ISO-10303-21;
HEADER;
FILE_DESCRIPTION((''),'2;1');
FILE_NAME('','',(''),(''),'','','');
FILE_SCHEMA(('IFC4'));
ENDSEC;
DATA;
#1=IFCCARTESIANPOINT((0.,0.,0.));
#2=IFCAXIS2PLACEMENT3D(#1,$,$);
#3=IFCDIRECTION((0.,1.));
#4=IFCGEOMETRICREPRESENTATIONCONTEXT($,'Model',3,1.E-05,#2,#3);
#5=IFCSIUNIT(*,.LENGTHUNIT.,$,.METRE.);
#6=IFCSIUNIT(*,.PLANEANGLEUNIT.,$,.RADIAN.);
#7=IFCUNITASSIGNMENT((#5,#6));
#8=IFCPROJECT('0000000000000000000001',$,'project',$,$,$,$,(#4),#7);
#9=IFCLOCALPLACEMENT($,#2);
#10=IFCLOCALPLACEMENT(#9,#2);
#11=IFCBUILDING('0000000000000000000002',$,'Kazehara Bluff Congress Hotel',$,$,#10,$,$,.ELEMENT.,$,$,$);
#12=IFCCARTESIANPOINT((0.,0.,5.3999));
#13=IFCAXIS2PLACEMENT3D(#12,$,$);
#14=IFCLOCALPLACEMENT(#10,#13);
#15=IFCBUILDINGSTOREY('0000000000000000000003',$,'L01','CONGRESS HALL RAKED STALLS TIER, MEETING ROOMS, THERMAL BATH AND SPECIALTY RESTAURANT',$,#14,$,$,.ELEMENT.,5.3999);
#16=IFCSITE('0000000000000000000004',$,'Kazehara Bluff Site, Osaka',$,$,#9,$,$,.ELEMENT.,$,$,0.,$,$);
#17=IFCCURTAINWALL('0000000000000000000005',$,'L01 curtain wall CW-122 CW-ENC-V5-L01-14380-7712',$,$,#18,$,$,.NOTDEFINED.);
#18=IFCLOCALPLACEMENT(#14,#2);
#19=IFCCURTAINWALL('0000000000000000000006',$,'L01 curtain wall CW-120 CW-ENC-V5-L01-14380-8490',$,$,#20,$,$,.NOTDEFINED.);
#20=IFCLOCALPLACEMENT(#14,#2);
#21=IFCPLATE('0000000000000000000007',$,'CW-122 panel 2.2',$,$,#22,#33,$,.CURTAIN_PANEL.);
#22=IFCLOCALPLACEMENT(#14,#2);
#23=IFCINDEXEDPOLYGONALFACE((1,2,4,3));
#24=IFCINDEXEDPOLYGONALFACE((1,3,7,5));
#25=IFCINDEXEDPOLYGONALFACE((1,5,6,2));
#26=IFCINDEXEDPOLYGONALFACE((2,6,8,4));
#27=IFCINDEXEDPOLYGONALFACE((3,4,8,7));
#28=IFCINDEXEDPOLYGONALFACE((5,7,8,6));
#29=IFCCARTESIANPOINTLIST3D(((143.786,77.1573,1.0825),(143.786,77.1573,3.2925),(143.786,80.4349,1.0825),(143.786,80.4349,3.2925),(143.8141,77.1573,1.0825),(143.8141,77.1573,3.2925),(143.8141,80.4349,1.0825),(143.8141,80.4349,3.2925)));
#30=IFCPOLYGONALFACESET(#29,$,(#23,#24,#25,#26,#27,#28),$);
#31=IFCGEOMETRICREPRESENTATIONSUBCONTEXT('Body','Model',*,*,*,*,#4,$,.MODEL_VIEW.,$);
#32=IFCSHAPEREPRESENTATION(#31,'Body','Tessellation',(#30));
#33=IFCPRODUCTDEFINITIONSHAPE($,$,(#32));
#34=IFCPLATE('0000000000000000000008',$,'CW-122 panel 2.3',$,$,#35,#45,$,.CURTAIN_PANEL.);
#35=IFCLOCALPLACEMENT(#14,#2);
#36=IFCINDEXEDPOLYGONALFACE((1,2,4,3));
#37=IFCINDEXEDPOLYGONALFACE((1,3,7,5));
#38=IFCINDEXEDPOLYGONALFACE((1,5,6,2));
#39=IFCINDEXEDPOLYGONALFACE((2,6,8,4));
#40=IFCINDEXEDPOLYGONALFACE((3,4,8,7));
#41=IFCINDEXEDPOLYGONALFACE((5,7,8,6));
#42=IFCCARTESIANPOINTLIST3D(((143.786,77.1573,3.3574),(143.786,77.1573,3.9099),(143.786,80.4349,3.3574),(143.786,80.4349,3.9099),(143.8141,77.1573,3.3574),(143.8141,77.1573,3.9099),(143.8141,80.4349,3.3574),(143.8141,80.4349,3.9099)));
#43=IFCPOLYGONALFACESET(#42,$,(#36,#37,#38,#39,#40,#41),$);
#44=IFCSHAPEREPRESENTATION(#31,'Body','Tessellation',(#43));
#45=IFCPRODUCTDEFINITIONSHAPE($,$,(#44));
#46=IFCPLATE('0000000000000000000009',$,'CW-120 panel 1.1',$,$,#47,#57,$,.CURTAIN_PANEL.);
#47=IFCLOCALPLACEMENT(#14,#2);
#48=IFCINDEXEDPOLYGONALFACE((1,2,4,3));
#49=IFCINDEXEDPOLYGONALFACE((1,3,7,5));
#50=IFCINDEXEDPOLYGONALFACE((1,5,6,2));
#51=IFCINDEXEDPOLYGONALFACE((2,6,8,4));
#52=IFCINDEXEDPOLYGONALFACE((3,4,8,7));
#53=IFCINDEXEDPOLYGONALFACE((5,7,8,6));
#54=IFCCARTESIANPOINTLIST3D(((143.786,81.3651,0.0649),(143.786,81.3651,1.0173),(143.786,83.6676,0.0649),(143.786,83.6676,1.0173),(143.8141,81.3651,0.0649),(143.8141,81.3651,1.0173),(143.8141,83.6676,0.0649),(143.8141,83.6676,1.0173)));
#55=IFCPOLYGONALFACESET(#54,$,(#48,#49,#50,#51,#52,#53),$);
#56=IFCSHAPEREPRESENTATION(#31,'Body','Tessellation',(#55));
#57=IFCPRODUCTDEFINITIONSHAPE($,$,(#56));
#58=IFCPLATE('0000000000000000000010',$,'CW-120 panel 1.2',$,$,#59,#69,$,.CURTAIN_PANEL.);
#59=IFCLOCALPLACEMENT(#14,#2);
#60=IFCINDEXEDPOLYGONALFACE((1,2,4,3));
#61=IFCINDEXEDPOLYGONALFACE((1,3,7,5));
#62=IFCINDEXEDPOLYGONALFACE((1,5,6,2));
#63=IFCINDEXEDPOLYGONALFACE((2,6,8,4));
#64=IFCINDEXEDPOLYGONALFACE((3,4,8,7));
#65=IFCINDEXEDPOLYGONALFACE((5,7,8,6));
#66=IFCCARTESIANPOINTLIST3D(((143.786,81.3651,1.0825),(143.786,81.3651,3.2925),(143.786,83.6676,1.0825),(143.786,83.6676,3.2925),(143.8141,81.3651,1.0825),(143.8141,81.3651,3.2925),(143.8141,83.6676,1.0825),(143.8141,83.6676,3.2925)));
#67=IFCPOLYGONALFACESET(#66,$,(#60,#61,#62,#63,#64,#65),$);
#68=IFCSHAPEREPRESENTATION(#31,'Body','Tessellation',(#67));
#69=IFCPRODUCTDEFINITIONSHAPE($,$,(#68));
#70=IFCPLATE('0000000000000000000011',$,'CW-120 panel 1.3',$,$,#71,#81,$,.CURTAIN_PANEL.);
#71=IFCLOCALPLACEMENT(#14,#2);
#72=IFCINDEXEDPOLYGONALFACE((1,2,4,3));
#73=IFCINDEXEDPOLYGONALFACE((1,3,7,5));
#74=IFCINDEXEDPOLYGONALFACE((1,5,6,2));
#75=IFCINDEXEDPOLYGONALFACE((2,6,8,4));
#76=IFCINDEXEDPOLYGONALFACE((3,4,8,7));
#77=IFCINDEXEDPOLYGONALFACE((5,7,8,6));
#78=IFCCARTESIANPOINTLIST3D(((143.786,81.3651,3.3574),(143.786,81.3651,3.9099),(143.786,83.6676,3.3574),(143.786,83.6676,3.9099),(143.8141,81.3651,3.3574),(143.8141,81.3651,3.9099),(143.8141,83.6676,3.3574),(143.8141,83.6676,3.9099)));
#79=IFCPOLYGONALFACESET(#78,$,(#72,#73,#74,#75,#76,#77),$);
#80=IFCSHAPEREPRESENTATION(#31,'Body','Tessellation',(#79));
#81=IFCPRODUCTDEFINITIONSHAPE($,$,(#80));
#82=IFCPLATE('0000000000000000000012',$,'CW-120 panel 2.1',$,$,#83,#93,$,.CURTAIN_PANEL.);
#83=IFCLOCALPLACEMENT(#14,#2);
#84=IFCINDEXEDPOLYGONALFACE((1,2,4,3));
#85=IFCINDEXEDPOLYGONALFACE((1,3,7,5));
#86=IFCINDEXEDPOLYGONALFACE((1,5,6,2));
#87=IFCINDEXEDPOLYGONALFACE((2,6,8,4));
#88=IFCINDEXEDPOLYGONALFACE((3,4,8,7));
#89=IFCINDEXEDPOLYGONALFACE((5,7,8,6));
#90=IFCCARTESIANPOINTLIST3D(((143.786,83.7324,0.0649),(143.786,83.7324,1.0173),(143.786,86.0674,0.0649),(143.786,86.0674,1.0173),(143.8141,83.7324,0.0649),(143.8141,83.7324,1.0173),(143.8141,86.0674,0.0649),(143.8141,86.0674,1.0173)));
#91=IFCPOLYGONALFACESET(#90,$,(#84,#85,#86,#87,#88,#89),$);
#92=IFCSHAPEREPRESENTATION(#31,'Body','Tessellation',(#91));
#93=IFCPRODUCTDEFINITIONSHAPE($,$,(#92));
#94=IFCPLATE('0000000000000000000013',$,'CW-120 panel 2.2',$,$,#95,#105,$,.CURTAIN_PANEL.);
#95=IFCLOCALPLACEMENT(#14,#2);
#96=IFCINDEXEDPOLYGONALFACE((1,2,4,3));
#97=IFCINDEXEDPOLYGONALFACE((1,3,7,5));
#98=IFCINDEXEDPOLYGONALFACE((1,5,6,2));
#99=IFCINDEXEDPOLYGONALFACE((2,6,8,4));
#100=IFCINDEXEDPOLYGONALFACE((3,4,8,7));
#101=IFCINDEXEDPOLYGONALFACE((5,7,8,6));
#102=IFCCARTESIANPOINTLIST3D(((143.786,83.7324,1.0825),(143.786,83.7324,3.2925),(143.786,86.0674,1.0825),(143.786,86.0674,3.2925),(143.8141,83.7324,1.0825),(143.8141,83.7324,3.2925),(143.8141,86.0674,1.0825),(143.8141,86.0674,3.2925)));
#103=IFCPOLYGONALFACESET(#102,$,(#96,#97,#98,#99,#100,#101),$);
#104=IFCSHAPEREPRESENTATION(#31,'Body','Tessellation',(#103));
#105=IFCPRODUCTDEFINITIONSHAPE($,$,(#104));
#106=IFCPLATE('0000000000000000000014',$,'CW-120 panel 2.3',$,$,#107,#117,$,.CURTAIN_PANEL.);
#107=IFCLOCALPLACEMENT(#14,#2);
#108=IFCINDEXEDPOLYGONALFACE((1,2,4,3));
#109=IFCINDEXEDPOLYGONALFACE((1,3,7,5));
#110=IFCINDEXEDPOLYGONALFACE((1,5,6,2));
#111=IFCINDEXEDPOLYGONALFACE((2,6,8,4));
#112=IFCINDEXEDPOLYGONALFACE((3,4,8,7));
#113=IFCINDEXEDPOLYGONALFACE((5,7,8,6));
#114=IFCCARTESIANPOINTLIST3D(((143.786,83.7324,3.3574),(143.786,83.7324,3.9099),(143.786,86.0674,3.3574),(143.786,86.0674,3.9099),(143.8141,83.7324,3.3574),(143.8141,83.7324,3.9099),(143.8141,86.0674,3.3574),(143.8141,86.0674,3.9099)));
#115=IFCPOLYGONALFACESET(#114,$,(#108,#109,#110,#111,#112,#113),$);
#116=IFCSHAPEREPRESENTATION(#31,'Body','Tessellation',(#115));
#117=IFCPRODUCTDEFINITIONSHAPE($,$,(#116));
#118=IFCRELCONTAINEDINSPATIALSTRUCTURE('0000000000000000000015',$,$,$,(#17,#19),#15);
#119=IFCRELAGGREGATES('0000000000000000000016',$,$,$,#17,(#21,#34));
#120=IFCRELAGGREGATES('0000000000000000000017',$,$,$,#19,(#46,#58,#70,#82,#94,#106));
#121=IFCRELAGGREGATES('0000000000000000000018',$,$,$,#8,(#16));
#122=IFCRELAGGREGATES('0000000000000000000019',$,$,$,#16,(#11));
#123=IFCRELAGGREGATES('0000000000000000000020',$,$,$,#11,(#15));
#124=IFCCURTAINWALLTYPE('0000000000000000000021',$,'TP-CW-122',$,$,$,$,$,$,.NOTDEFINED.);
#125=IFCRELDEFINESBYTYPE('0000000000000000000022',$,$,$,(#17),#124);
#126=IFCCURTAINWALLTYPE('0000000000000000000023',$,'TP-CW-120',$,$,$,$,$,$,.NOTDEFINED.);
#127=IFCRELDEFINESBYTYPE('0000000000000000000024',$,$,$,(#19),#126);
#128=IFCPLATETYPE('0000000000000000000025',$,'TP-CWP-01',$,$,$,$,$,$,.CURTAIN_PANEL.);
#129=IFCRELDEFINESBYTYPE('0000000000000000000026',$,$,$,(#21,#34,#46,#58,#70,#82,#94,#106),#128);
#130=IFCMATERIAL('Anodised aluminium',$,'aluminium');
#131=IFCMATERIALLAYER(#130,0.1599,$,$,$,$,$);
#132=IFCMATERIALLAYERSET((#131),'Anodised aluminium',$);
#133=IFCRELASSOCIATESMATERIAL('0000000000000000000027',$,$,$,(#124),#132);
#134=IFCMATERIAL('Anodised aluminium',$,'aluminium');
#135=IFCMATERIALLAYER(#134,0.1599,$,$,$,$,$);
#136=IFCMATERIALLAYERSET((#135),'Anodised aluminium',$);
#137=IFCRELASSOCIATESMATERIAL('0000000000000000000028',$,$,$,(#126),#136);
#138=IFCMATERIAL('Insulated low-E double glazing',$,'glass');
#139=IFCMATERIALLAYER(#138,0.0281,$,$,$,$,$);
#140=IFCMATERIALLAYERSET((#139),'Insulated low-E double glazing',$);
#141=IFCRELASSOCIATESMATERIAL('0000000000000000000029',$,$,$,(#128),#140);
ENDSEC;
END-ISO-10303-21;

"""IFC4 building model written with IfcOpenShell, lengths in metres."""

from ifc_helpers import new_model, si_unit, direction, frame, origin, origin_2d, place, context, subcontext, project, spatial, rectangle, extrude, material, layer, layer_set, type_object, element, aggregate, save


model = new_model("IFC4")

# Units and contexts
model_context = context("Model", 3, precision=1e-05, world=origin(), true_north=direction((0.0, 1.0)))
body_context = subcontext(model_context, "Body", "Model", "MODEL_VIEW")
ifc_project = project(units=[si_unit("LENGTHUNIT", "METRE"), si_unit("PLANEANGLEUNIT", "RADIAN")], contexts=[model_context])

# Site, building, storey
site_placement = place(None, origin())
site = spatial("IfcSite", under=ifc_project, at=site_placement, Name="Kazehara Bluff Site, Osaka", CompositionType="ELEMENT", RefElevation=0.0)
building_placement = place(site_placement, origin())
building = spatial("IfcBuilding", under=site, at=building_placement, Name="Kazehara Bluff Congress Hotel", CompositionType="ELEMENT")
storey_placement = place(building_placement, frame((0.0, 0.0, 5.3999)))
storey = spatial("IfcBuildingStorey", under=building, at=storey_placement, Name="L01", Description="CONGRESS HALL RAKED STALLS TIER, MEETING ROOMS, THERMAL BATH AND SPECIALTY RESTAURANT", CompositionType="ELEMENT", Elevation=5.3999)

# Curtain walls
ifc_material_1 = material(Name="Anodised aluminium", Category="aluminium")
ifc_layer_1 = layer(ifc_material_1, 0.1599)
ifc_layer_set_1 = layer_set([ifc_layer_1], Name="Anodised aluminium")
curtain_wall_type_1 = type_object("IfcCurtainWallType", Name="TP-CW-122", PredefinedType="NOTDEFINED", material=ifc_layer_set_1)
curtain_wall_1_placement = place(storey_placement, origin())
curtain_wall_1 = element("IfcCurtainWall", 1, at=curtain_wall_1_placement, inside=storey, type_object=curtain_wall_type_1, Name="L01 curtain wall CW-122 CW-ENC-V5-L01-14380-7712", PredefinedType="NOTDEFINED")
ifc_material_2 = material(Name="Anodised aluminium", Category="aluminium")
ifc_layer_2 = layer(ifc_material_2, 0.1599)
ifc_layer_set_2 = layer_set([ifc_layer_2], Name="Anodised aluminium")
curtain_wall_type_2 = type_object("IfcCurtainWallType", Name="TP-CW-120", PredefinedType="NOTDEFINED", material=ifc_layer_set_2)
curtain_wall_2_placement = place(storey_placement, origin())
curtain_wall_2 = element("IfcCurtainWall", 2, at=curtain_wall_2_placement, inside=storey, type_object=curtain_wall_type_2, Name="L01 curtain wall CW-120 CW-ENC-V5-L01-14380-8490", PredefinedType="NOTDEFINED")

# Plates
ifc_material_3 = material(Name="Insulated low-E double glazing", Category="glass")
ifc_layer_3 = layer(ifc_material_3, 0.0281)
ifc_layer_set_3 = layer_set([ifc_layer_3], Name="Insulated low-E double glazing")
plate_type = type_object("IfcPlateType", Name="TP-CWP-01", PredefinedType="CURTAIN_PANEL", material=ifc_layer_set_3)
plate_1_placement = place(storey_placement, frame((143.8, 78.7961, 1.0825), z_axis=(0.0, 0.0, 1.0), x_axis=(0.0, 1.0, 0.0)))
plate_1 = element("IfcPlate", 3, at=plate_1_placement, type_object=plate_type, Name="CW-122 panel 2.2", PredefinedType="CURTAIN_PANEL", context=body_context, shape_type="SweptSolid", body=[
    extrude(rectangle(XDim=3.2776, YDim=0.0281, at=origin_2d()), origin(), (0.0, 0.0, 1.0), 2.21),
])
plate_2_placement = place(storey_placement, frame((143.8, 78.7961, 3.3574), z_axis=(0.0, 0.0, 1.0), x_axis=(0.0, 1.0, 0.0)))
plate_2 = element("IfcPlate", 4, at=plate_2_placement, type_object=plate_type, Name="CW-122 panel 2.3", PredefinedType="CURTAIN_PANEL", context=body_context, shape_type="SweptSolid", body=[
    extrude(rectangle(XDim=3.2776, YDim=0.0281, at=origin_2d()), origin(), (0.0, 0.0, 1.0), 0.5525),
])
aggregate(curtain_wall_1, [plate_1, plate_2])
plate_3_placement = place(storey_placement, frame((143.8, 82.5164, 0.0649), z_axis=(0.0, 0.0, 1.0), x_axis=(0.0, 1.0, 0.0)))
plate_3 = element("IfcPlate", 5, at=plate_3_placement, type_object=plate_type, Name="CW-120 panel 1.1", PredefinedType="CURTAIN_PANEL", context=body_context, shape_type="SweptSolid", body=[
    extrude(rectangle(XDim=2.3025, YDim=0.0281, at=origin_2d()), origin(), (0.0, 0.0, 1.0), 0.9524),
])
plate_4_placement = place(storey_placement, frame((143.8, 82.5164, 1.0825), z_axis=(0.0, 0.0, 1.0), x_axis=(0.0, 1.0, 0.0)))
plate_4 = element("IfcPlate", 6, at=plate_4_placement, type_object=plate_type, Name="CW-120 panel 1.2", PredefinedType="CURTAIN_PANEL", context=body_context, shape_type="SweptSolid", body=[
    extrude(rectangle(XDim=2.3025, YDim=0.0281, at=origin_2d()), origin(), (0.0, 0.0, 1.0), 2.21),
])
plate_5_placement = place(storey_placement, frame((143.8, 82.5164, 3.3574), z_axis=(0.0, 0.0, 1.0), x_axis=(0.0, 1.0, 0.0)))
plate_5 = element("IfcPlate", 7, at=plate_5_placement, type_object=plate_type, Name="CW-120 panel 1.3", PredefinedType="CURTAIN_PANEL", context=body_context, shape_type="SweptSolid", body=[
    extrude(rectangle(XDim=2.3025, YDim=0.0281, at=origin_2d()), origin(), (0.0, 0.0, 1.0), 0.5525),
])
plate_6_placement = place(storey_placement, frame((143.8, 84.8999, 0.0649), z_axis=(0.0, 0.0, 1.0), x_axis=(0.0, 1.0, 0.0)))
plate_6 = element("IfcPlate", 8, at=plate_6_placement, type_object=plate_type, Name="CW-120 panel 2.1", PredefinedType="CURTAIN_PANEL", context=body_context, shape_type="SweptSolid", body=[
    extrude(rectangle(XDim=2.335, YDim=0.0281, at=origin_2d()), origin(), (0.0, 0.0, 1.0), 0.9524),
])
plate_7_placement = place(storey_placement, frame((143.8, 84.8999, 1.0825), z_axis=(0.0, 0.0, 1.0), x_axis=(0.0, 1.0, 0.0)))
plate_7 = element("IfcPlate", 9, at=plate_7_placement, type_object=plate_type, Name="CW-120 panel 2.2", PredefinedType="CURTAIN_PANEL", context=body_context, shape_type="SweptSolid", body=[
    extrude(rectangle(XDim=2.335, YDim=0.0281, at=origin_2d()), origin(), (0.0, 0.0, 1.0), 2.21),
])
plate_8_placement = place(storey_placement, frame((143.8, 84.8999, 3.3574), z_axis=(0.0, 0.0, 1.0), x_axis=(0.0, 1.0, 0.0)))
plate_8 = element("IfcPlate", 10, at=plate_8_placement, type_object=plate_type, Name="CW-120 panel 2.3", PredefinedType="CURTAIN_PANEL", context=body_context, shape_type="SweptSolid", body=[
    extrude(rectangle(XDim=2.335, YDim=0.0281, at=origin_2d()), origin(), (0.0, 0.0, 1.0), 0.5525),
])
aggregate(curtain_wall_2, [plate_3, plate_4, plate_5, plate_6, plate_7, plate_8])

save(model, "model.ifc")
